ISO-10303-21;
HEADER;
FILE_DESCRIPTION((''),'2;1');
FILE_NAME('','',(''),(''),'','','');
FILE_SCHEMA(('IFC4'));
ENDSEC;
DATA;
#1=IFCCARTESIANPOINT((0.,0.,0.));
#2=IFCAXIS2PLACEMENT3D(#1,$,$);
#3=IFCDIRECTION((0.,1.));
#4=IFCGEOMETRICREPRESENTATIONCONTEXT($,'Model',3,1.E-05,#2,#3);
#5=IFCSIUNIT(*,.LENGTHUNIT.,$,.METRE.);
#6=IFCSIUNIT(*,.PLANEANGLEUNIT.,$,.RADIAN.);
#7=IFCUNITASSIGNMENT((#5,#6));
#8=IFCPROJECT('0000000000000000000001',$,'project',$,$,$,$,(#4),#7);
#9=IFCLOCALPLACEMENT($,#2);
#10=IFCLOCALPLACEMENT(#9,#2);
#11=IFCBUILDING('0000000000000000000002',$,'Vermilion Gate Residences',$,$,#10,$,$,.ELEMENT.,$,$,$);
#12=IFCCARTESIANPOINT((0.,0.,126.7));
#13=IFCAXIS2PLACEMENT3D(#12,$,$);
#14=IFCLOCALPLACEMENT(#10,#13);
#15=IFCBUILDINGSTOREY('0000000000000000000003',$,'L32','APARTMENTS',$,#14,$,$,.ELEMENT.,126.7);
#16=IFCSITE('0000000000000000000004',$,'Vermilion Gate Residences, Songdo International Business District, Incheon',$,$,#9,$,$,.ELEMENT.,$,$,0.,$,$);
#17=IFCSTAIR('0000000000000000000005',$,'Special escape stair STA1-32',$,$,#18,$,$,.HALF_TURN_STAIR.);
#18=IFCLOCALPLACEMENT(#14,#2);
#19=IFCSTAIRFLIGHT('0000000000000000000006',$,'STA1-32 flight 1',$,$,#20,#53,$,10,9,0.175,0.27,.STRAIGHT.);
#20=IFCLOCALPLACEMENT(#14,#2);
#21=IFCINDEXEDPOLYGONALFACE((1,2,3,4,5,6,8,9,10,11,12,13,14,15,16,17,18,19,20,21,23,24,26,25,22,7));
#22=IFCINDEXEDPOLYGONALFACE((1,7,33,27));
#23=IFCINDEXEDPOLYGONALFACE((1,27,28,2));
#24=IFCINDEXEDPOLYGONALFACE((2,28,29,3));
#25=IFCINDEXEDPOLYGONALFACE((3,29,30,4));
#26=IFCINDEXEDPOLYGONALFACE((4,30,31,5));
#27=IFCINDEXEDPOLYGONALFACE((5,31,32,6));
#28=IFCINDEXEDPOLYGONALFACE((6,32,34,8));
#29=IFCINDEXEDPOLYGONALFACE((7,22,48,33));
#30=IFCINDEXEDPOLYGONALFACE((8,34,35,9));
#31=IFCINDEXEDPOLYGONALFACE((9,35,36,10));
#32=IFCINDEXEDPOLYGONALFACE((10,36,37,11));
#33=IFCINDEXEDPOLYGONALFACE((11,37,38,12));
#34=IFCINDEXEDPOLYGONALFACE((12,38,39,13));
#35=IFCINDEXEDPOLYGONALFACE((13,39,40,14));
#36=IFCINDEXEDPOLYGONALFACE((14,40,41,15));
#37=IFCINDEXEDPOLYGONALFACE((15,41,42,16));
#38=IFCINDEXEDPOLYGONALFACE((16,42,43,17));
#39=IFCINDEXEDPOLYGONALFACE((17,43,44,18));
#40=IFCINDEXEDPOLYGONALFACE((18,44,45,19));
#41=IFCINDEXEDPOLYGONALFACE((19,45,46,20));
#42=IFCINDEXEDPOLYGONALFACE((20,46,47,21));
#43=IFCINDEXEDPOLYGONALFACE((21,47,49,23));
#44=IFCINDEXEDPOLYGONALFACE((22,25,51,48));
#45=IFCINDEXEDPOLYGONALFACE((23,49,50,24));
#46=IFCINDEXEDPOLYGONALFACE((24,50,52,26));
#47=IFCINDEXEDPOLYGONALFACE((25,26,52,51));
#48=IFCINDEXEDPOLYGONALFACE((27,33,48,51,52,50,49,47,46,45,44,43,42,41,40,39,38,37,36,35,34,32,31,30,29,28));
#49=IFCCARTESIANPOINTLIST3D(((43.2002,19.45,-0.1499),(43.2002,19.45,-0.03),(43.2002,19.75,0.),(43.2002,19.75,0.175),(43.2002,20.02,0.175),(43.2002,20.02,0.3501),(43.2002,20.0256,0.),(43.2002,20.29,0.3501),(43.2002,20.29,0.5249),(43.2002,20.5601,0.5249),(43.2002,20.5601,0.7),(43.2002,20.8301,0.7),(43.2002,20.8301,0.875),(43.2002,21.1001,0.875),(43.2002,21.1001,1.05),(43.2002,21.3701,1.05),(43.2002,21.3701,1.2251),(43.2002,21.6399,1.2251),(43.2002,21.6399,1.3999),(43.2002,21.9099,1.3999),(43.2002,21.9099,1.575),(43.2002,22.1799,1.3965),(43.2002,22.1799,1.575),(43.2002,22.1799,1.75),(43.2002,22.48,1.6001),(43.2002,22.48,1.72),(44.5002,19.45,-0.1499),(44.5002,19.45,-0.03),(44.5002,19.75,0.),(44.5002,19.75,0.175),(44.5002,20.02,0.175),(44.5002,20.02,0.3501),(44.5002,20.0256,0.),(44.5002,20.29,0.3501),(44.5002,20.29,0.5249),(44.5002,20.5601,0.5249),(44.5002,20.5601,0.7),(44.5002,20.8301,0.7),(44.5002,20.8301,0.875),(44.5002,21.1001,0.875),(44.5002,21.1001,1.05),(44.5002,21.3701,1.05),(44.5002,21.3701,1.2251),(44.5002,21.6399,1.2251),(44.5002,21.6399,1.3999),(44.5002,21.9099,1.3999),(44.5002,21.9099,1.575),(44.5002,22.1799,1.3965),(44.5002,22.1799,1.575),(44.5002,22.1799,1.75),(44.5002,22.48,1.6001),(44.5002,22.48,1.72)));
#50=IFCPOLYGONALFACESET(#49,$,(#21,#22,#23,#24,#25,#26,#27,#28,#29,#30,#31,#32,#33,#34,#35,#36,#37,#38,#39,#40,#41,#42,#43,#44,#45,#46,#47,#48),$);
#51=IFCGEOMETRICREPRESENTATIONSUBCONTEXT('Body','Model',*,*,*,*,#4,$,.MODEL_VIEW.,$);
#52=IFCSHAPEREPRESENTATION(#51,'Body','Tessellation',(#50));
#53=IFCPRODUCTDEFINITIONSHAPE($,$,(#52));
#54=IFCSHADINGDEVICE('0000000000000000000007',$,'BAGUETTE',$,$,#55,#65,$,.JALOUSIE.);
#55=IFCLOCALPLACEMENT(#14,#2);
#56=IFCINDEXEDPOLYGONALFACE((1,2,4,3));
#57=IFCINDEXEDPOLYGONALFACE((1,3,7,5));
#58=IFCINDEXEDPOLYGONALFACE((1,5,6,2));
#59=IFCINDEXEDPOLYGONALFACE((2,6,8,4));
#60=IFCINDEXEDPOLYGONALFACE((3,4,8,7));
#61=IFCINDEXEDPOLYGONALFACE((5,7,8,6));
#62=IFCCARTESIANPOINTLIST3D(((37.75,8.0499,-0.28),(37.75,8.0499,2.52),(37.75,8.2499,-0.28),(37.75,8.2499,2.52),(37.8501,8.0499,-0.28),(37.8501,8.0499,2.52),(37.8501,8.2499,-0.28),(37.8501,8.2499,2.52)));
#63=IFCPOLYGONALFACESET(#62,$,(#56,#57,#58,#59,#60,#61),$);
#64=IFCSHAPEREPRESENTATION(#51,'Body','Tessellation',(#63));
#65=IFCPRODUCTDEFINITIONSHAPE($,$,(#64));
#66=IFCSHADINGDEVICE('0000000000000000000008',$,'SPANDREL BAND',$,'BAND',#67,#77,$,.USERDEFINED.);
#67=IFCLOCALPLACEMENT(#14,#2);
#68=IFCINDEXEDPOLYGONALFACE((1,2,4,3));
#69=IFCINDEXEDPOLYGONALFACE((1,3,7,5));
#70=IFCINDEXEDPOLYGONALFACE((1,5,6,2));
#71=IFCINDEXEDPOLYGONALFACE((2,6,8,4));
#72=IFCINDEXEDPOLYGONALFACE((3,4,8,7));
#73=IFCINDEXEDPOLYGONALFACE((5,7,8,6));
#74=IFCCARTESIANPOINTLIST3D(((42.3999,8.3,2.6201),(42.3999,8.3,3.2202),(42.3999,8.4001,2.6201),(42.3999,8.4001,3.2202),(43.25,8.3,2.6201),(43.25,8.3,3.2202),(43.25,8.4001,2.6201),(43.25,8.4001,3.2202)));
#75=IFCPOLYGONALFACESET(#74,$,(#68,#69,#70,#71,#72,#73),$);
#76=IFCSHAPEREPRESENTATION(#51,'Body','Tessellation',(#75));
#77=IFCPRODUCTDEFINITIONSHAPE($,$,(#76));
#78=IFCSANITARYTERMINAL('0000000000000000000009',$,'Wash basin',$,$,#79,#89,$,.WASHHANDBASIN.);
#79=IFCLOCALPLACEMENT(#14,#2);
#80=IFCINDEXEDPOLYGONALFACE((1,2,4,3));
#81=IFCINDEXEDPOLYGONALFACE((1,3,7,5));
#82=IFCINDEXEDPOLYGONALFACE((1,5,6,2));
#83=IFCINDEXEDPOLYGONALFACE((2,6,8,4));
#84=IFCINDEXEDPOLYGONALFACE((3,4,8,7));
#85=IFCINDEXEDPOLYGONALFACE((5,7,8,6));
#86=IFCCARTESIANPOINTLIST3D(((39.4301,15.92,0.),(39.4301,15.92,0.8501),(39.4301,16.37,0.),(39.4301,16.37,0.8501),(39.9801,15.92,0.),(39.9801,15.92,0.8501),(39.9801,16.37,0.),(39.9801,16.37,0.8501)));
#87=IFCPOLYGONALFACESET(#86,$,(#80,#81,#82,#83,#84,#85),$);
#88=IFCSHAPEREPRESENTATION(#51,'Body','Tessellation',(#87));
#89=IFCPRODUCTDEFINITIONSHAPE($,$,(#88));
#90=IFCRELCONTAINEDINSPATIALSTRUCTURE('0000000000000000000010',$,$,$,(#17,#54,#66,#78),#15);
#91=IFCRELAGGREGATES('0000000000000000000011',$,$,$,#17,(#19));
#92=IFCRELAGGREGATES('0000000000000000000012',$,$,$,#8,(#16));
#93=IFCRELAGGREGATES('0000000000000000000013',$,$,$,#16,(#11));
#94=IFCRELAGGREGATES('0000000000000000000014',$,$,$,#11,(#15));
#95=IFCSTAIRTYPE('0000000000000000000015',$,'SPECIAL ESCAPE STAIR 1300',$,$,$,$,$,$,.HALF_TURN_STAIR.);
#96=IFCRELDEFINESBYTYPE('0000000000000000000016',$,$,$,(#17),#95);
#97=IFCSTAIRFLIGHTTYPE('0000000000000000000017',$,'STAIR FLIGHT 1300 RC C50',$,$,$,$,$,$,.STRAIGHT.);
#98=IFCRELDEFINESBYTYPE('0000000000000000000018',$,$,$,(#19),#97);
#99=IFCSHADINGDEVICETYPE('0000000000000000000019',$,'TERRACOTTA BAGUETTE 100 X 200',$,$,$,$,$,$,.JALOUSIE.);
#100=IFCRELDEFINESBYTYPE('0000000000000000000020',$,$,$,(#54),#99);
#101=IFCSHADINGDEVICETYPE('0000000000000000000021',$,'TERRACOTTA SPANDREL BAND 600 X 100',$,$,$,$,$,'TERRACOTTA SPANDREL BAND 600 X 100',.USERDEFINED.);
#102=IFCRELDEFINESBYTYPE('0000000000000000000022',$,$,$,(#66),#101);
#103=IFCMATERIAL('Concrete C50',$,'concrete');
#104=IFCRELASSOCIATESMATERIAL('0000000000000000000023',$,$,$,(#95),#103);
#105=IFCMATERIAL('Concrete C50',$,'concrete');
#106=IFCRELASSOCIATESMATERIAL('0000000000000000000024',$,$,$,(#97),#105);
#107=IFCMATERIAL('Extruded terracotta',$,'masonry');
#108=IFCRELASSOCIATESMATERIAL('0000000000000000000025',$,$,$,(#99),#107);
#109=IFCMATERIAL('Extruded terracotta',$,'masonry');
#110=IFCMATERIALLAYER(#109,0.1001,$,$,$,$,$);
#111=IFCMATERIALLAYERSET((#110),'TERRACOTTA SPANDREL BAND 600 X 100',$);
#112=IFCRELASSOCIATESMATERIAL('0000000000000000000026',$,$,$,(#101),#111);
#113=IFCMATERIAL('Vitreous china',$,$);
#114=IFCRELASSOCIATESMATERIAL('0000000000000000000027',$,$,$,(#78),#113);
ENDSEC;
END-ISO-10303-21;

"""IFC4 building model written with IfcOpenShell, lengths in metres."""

from ifc_helpers import new_model, si_unit, direction, frame, origin, origin_2d, place, context, subcontext, project, spatial, polyline, rectangle, outline, extrude, material, layer, layer_set, material_profile, profile_set, type_object, element, aggregate, save


model = new_model("IFC4")

# Units and contexts
model_context = context("Model", 3, precision=1e-05, world=origin(), true_north=direction((0.0, 1.0)))
body_context = subcontext(model_context, "Body", "Model", "MODEL_VIEW")
ifc_project = project(units=[si_unit("LENGTHUNIT", "METRE"), si_unit("PLANEANGLEUNIT", "RADIAN")], contexts=[model_context])

# Site, building, storey
site_placement = place(None, origin())
site = spatial("IfcSite", under=ifc_project, at=site_placement, Name="Vermilion Gate Residences, Songdo International Business District, Incheon", CompositionType="ELEMENT", RefElevation=0.0)
building_placement = place(site_placement, origin())
building = spatial("IfcBuilding", under=site, at=building_placement, Name="Vermilion Gate Residences", CompositionType="ELEMENT")
storey_placement = place(building_placement, frame((0.0, 0.0, 126.7)))
storey = spatial("IfcBuildingStorey", under=building, at=storey_placement, Name="L32", Description="APARTMENTS", CompositionType="ELEMENT", Elevation=126.7)

# Stair, stair flight
ifc_material_1 = material(Name="Concrete C50", Category="concrete")
stair_type = type_object("IfcStairType", Name="SPECIAL ESCAPE STAIR 1300", PredefinedType="HALF_TURN_STAIR", material=ifc_material_1)
stair_placement = place(storey_placement, origin())
stair = element("IfcStair", 1, at=stair_placement, inside=storey, type_object=stair_type, Name="Special escape stair STA1-32", PredefinedType="HALF_TURN_STAIR")
ifc_material_2 = material(Name="Concrete C50", Category="concrete")
stair_flight_type = type_object("IfcStairFlightType", Name="STAIR FLIGHT 1300 RC C50", PredefinedType="STRAIGHT", material=ifc_material_2)
stair_flight_placement = place(storey_placement, frame((43.8501, 19.75, 0.0), z_axis=(0.0, 0.0, 1.0), x_axis=(0.0, 1.0, 0.0)))
stair_flight = element("IfcStairFlight", 2, at=stair_flight_placement, type_object=stair_flight_type, Name="STA1-32 flight 1", NumberOfRisers=10, NumberOfTreads=9, PredefinedType="STRAIGHT", RiserHeight=0.175, TreadLength=0.27, context=body_context, shape_type="SweptSolid", body=[
    extrude(outline(polyline([(-0.3, -0.1499), (-0.3, -0.03), (0.0, 0.0), (0.0, 0.175), (0.27, 0.175), (0.27, 0.3501), (0.54, 0.3501), (0.54, 0.5249), (0.8101, 0.5249), (0.8101, 0.7), (1.0801, 0.7), (1.0801, 0.875), (1.3501, 0.875), (1.3501, 1.05), (1.6201, 1.05), (1.6201, 1.2251), (1.8899, 1.2251), (1.8899, 1.3999), (2.1599, 1.3999), (2.1599, 1.575), (2.4299, 1.575), (2.4299, 1.75), (2.73, 1.72), (2.73, 1.6001), (2.4299, 1.3965), (0.2756, 0.0), (-0.3, -0.1499)])), frame((0.0, 0.6499, 0.0), z_axis=(0.0, -1.0, 0.0), x_axis=(1.0, 0.0, 0.0)), (0.0, 0.0, 1.0), 1.3),
])
aggregate(stair, [stair_flight])

# Shading devices
ifc_material_3 = material(Name="Extruded terracotta", Category="masonry")
ifc_material_profile_1 = material_profile(ifc_material_3, rectangle(XDim=0.2, YDim=0.1001, at=origin_2d()), Name="BAGUETTE 100 X 200")
ifc_profile_set_1 = profile_set([ifc_material_profile_1], Name="Extruded terracotta")
shading_device_type_1 = type_object("IfcShadingDeviceType", Name="TERRACOTTA BAGUETTE 100 X 200", PredefinedType="JALOUSIE", material=ifc_profile_set_1)
shading_device_1_placement = place(storey_placement, frame((37.8, 8.1499, -0.28), z_axis=(0.0, 0.0, 1.0), x_axis=(0.0, 1.0, 0.0)))
element("IfcShadingDevice", 3, at=shading_device_1_placement, inside=storey, type_object=shading_device_type_1, Name="BAGUETTE", PredefinedType="JALOUSIE", context=body_context, shape_type="SweptSolid", body=[
    extrude(rectangle(XDim=0.2, YDim=0.1001, at=origin_2d()), origin(), (0.0, 0.0, 1.0), 2.8),
])
ifc_material_4 = material(Name="Extruded terracotta", Category="masonry")
ifc_layer_1 = layer(ifc_material_4, 0.1001)
ifc_layer_set_1 = layer_set([ifc_layer_1], Name="TERRACOTTA SPANDREL BAND 600 X 100")
shading_device_type_2 = type_object("IfcShadingDeviceType", Name="TERRACOTTA SPANDREL BAND 600 X 100", ElementType="TERRACOTTA SPANDREL BAND 600 X 100", PredefinedType="USERDEFINED", material=ifc_layer_set_1)
shading_device_2_placement = place(storey_placement, frame((42.825, 8.3501, 2.6201), z_axis=(0.0, 0.0, 1.0), x_axis=(1.0, 0.0, 0.0)))
element("IfcShadingDevice", 4, at=shading_device_2_placement, inside=storey, type_object=shading_device_type_2, Name="SPANDREL BAND", ObjectType="BAND", PredefinedType="USERDEFINED", context=body_context, shape_type="SweptSolid", body=[
    extrude(rectangle(XDim=0.8501, YDim=0.1001, at=origin_2d()), origin(), (0.0, 0.0, 1.0), 0.6001),
])

# Sanitary terminal
ifc_material_5 = material(Name="Vitreous china")
sanitary_terminal_placement = place(storey_placement, frame((39.7051, 16.145, 0.0), z_axis=(0.0, 0.0, 1.0), x_axis=(1.0, 0.0, 0.0)))
element("IfcSanitaryTerminal", 5, at=sanitary_terminal_placement, inside=storey, material=ifc_material_5, Name="Wash basin", PredefinedType="WASHHANDBASIN", context=body_context, shape_type="SweptSolid", body=[
    extrude(rectangle(XDim=0.55, YDim=0.45, at=origin_2d()), origin(), (0.0, 0.0, 1.0), 0.8501),
])

save(model, "model.ifc")
